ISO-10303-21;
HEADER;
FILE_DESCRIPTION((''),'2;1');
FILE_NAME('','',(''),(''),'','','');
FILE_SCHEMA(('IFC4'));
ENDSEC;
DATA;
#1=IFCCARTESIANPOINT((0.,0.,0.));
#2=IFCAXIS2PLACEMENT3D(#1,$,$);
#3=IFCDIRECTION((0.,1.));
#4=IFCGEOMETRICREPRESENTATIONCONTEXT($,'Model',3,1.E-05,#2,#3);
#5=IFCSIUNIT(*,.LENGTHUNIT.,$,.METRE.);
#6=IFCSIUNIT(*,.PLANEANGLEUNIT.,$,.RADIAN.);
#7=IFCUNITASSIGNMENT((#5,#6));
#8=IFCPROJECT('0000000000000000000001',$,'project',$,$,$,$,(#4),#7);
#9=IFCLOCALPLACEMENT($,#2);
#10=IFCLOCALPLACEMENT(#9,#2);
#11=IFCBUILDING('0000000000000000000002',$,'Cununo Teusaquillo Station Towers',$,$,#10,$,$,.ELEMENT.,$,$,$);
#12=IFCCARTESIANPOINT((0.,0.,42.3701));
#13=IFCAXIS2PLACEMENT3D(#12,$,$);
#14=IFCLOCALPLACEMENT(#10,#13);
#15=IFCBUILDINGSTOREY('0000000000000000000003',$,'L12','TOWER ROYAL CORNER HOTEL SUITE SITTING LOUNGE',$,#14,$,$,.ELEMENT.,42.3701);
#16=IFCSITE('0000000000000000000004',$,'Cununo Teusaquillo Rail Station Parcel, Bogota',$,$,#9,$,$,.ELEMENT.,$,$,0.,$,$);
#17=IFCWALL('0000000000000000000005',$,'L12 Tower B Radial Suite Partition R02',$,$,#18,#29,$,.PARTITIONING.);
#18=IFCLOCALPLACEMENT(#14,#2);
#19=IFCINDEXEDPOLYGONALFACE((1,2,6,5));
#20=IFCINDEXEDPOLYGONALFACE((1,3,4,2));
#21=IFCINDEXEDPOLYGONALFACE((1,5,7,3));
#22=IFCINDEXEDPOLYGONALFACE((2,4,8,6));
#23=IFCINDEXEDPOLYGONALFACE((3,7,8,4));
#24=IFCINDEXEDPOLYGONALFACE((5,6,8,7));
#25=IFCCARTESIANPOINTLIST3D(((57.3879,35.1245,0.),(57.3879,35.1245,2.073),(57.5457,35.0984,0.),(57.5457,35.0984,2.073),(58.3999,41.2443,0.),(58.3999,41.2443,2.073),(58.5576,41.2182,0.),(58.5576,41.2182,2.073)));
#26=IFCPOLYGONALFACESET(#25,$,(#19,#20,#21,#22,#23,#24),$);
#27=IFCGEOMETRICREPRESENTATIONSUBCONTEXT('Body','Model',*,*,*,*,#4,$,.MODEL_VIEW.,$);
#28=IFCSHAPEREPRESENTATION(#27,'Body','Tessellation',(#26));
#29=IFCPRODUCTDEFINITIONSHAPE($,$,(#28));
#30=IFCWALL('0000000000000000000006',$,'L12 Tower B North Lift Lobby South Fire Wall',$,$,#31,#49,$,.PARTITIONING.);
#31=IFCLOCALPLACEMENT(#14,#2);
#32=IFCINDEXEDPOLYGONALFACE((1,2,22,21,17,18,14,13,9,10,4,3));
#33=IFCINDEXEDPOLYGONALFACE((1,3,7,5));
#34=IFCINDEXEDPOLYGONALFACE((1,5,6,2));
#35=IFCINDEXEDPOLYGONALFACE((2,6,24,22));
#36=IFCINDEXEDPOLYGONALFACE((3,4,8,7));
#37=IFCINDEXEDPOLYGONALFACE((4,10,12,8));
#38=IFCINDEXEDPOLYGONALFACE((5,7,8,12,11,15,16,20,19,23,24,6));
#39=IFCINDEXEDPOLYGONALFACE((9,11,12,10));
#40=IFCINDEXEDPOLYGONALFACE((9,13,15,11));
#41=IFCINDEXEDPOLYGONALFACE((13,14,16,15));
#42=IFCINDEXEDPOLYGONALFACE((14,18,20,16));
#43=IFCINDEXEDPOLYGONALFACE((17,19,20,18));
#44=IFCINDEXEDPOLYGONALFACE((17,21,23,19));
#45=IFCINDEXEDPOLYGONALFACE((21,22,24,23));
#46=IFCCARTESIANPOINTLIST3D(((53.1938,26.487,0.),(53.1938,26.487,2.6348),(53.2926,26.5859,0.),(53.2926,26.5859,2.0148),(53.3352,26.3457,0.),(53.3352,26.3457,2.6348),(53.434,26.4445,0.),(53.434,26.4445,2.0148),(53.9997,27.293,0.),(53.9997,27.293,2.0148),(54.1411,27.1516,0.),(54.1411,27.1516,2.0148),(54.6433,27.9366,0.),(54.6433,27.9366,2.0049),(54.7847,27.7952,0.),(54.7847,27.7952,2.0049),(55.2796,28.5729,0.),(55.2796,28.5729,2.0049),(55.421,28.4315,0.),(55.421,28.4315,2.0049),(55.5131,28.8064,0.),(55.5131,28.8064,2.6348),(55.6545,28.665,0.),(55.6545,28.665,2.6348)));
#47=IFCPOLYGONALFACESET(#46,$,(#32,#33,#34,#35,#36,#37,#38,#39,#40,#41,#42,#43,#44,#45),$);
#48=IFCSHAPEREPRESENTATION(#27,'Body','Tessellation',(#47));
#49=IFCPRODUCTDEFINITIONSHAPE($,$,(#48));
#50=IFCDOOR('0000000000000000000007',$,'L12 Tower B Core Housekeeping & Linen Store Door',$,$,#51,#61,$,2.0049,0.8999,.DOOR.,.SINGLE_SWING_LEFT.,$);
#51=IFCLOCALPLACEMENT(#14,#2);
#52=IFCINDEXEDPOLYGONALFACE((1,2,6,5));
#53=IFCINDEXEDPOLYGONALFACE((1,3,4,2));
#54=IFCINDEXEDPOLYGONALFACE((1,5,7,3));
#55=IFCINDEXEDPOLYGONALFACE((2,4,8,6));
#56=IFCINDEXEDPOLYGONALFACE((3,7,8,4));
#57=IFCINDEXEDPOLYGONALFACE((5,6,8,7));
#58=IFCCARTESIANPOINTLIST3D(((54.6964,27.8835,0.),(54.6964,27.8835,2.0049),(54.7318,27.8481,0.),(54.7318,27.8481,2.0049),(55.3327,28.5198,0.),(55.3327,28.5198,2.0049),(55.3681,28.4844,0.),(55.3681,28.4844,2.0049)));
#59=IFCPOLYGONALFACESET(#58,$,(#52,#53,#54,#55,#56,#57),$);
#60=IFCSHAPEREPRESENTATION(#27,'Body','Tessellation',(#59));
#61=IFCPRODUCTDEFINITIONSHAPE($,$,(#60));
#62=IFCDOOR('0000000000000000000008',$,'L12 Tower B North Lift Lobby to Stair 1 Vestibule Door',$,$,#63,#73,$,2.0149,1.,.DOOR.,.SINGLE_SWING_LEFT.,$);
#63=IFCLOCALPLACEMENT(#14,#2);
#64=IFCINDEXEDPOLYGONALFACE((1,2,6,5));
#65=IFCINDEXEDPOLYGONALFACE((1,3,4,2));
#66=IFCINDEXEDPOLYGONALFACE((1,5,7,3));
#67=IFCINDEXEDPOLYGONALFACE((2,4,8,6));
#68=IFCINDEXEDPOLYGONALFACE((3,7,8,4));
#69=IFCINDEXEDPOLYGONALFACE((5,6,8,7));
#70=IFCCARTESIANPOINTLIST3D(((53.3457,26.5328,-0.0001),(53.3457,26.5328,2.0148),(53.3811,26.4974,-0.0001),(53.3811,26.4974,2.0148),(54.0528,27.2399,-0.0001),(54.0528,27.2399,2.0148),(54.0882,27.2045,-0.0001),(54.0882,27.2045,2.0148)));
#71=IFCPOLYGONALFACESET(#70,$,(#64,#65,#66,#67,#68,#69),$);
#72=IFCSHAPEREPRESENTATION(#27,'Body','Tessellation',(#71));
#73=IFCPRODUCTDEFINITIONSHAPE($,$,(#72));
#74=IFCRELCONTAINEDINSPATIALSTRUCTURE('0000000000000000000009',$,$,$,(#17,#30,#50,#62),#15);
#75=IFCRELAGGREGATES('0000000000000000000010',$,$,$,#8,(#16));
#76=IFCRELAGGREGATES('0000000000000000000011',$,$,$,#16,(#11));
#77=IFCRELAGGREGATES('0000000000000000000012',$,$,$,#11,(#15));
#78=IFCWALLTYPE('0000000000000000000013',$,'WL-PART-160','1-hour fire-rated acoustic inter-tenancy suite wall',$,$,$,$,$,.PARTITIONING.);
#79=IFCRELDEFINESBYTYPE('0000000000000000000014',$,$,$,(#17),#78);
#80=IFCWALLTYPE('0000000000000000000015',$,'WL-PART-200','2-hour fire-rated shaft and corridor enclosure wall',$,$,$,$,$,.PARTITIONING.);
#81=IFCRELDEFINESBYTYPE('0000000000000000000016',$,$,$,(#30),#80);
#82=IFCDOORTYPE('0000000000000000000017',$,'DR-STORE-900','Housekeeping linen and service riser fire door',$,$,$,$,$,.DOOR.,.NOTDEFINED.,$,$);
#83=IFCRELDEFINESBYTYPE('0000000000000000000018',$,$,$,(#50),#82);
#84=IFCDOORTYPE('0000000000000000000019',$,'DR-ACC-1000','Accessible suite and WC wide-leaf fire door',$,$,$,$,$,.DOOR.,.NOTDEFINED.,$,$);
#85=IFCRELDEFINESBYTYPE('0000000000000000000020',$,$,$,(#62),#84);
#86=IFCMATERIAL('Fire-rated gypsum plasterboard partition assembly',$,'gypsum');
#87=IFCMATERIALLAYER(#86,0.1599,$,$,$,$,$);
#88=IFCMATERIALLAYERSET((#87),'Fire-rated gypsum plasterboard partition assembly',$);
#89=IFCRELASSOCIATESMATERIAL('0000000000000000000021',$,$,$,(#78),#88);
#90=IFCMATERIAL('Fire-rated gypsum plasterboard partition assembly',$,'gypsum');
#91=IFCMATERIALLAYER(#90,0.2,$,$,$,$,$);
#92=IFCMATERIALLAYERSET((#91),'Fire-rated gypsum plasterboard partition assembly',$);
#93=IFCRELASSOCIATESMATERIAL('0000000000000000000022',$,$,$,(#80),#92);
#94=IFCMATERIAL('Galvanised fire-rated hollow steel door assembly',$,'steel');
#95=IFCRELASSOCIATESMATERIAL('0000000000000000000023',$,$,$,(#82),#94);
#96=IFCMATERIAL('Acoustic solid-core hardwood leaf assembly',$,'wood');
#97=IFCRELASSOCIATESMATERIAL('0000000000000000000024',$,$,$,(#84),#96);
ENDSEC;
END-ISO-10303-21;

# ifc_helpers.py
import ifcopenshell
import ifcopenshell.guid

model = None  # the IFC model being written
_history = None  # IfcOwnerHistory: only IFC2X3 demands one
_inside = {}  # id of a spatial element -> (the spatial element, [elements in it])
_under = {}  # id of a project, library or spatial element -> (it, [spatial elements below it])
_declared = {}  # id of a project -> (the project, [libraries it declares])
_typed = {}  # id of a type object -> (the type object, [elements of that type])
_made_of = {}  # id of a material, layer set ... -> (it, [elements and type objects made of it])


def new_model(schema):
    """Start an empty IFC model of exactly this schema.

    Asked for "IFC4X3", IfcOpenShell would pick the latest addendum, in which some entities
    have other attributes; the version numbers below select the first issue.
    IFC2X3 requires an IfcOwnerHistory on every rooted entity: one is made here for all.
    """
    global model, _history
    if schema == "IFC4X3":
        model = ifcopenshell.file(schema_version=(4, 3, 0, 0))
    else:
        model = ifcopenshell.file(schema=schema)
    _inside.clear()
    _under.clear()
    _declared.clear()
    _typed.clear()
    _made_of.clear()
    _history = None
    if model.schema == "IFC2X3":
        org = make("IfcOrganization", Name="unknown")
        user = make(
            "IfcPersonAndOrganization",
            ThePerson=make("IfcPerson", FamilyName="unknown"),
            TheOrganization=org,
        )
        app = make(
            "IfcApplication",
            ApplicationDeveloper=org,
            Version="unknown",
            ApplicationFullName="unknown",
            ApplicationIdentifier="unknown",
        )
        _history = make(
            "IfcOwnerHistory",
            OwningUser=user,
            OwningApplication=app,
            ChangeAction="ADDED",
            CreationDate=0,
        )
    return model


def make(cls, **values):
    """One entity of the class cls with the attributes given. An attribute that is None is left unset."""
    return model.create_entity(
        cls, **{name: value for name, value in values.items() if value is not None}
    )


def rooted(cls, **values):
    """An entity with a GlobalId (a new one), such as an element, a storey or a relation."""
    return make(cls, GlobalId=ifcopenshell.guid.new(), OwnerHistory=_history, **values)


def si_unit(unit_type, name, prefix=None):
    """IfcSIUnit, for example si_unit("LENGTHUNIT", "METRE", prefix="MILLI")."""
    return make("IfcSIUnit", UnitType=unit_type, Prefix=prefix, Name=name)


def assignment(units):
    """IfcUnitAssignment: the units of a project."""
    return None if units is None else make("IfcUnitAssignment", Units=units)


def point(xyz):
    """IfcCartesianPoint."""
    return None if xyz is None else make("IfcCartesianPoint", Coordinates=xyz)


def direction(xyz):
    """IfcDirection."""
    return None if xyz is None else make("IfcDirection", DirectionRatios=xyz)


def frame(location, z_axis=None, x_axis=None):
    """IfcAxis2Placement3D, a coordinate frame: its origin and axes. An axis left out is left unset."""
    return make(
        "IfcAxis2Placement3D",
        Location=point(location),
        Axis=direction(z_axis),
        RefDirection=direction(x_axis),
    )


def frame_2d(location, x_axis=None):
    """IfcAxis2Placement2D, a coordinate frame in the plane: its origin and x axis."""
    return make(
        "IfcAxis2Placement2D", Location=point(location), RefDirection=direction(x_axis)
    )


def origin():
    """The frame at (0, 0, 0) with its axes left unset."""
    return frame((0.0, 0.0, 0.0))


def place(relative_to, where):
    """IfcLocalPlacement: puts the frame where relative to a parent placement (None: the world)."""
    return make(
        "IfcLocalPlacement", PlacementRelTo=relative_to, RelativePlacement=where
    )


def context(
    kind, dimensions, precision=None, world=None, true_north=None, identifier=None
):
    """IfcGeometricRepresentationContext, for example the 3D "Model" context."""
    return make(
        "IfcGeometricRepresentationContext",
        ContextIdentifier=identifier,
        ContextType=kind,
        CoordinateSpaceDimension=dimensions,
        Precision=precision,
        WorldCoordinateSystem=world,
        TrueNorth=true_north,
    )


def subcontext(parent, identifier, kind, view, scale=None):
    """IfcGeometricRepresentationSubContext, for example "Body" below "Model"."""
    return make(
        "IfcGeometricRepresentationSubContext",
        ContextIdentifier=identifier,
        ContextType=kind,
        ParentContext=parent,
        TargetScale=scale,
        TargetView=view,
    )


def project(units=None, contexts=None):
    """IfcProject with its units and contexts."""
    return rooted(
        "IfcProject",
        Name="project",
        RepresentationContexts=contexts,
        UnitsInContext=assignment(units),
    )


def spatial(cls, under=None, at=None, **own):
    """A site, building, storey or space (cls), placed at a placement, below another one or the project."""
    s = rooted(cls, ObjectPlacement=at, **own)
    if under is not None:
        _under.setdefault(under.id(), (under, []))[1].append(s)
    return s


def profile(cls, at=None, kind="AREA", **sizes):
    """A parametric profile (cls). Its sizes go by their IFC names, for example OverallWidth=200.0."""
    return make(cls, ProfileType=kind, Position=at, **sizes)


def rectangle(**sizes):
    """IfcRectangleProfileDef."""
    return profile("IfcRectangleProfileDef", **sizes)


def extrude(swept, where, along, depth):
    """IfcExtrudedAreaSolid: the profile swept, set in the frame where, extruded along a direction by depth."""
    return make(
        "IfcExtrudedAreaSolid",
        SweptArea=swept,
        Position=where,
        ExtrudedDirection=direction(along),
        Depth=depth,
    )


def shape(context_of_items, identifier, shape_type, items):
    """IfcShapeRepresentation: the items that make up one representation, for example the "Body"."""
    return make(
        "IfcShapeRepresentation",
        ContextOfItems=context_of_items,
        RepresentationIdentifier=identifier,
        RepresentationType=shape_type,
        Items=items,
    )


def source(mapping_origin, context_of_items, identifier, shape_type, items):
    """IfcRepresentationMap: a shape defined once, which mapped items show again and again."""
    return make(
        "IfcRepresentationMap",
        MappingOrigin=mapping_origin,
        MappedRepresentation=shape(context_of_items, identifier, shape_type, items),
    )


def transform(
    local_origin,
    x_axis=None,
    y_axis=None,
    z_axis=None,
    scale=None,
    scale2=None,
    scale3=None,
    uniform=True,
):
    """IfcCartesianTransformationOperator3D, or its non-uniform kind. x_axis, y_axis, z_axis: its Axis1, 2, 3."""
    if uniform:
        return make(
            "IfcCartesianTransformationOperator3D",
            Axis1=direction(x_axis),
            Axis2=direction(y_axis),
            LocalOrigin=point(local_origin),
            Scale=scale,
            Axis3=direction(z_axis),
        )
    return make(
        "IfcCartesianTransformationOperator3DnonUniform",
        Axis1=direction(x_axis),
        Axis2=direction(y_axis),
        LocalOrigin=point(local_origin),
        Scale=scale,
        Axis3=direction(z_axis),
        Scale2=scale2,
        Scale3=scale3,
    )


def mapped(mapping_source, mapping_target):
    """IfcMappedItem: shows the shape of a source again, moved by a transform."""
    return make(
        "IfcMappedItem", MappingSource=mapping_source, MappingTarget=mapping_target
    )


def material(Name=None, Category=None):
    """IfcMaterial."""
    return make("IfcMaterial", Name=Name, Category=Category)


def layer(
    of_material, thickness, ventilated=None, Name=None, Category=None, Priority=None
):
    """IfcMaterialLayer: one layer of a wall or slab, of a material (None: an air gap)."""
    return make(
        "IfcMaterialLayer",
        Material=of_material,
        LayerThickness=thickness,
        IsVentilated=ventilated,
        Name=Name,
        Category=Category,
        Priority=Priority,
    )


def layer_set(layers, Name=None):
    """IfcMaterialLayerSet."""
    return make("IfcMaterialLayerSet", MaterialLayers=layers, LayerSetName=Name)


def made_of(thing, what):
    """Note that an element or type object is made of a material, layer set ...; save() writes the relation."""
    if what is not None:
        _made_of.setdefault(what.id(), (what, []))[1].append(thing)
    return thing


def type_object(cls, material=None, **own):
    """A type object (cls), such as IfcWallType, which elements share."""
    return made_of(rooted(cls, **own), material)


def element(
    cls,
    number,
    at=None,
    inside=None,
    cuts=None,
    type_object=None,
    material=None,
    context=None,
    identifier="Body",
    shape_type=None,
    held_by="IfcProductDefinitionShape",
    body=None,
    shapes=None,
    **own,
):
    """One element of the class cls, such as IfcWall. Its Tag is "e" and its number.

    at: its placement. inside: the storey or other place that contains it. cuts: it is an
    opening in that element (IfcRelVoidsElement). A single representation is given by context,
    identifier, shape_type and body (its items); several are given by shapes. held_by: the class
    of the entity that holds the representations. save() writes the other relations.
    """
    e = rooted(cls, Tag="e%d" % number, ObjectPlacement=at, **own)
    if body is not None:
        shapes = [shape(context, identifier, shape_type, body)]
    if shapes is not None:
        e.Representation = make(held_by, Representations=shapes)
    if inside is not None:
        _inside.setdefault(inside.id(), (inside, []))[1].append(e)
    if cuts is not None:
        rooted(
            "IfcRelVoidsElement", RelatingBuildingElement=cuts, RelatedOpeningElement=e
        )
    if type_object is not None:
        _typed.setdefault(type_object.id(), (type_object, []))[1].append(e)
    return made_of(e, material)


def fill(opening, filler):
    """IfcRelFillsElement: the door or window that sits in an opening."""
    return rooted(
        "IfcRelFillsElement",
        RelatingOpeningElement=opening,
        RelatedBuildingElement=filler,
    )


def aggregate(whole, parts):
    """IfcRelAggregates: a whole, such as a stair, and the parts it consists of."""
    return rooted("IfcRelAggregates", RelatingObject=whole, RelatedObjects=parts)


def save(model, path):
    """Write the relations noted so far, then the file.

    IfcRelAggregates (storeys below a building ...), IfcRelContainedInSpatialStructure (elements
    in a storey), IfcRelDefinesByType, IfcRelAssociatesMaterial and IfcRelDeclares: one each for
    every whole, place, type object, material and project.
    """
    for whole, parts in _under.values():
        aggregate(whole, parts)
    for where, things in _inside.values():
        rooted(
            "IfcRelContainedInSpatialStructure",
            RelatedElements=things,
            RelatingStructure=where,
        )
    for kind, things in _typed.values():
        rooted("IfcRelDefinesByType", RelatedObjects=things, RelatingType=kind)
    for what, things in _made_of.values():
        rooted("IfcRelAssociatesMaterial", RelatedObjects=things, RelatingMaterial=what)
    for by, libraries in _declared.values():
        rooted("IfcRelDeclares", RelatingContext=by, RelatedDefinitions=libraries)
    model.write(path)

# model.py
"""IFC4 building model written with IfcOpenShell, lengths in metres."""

from ifc_helpers import new_model, si_unit, direction, frame, frame_2d, origin, place, context, subcontext, project, spatial, rectangle, extrude, source, transform, mapped, material, layer, layer_set, type_object, element, fill, save


model = new_model("IFC4")

# Units and contexts
model_context = context("Model", 3, precision=1e-05, world=origin(), true_north=direction((0.0, 1.0)))
body_context = subcontext(model_context, "Body", "Model", "MODEL_VIEW")
ifc_project = project(units=[si_unit("LENGTHUNIT", "METRE"), si_unit("PLANEANGLEUNIT", "RADIAN")], contexts=[model_context])

# Site, building, storey
site_placement = place(None, origin())
site = spatial("IfcSite", under=ifc_project, at=site_placement, Name="Cununo Teusaquillo Rail Station Parcel, Bogota", CompositionType="ELEMENT", RefElevation=0.0)
building_placement = place(site_placement, origin())
building = spatial("IfcBuilding", under=site, at=building_placement, Name="Cununo Teusaquillo Station Towers", CompositionType="ELEMENT")
storey_placement = place(building_placement, frame((0.0, 0.0, 42.3701)))
storey = spatial("IfcBuildingStorey", under=building, at=storey_placement, Name="L12", Description="TOWER ROYAL CORNER HOTEL SUITE SITTING LOUNGE", CompositionType="ELEMENT", Elevation=42.3701)

# Shared definitions
shared_shape_1 = source(origin(), body_context, "Body", "SweptSolid", [
    extrude(rectangle(XDim=0.8999, YDim=2.0049, at=frame_2d((0.45, 1.0024))), frame((0.0, 0.0249, 0.0), z_axis=(0.0, -1.0, 0.0), x_axis=(1.0, 0.0, 0.0)), (0.0, 0.0, 1.0), 0.05),
])

# Wall
ifc_material_1 = material(Name="Fire-rated gypsum plasterboard partition assembly", Category="gypsum")
ifc_layer_1 = layer(ifc_material_1, 0.1599)
ifc_layer_set_1 = layer_set([ifc_layer_1], Name="Fire-rated gypsum plasterboard partition assembly")
wall_type_1 = type_object("IfcWallType", Name="WL-PART-160", Description="1-hour fire-rated acoustic inter-tenancy suite wall", PredefinedType="PARTITIONING", material=ifc_layer_set_1)
wall_1_placement = place(storey_placement, frame((57.4668, 35.1113, 0.0), z_axis=(0.0, 0.0, 1.0), x_axis=(0.163142, 0.986603, 0.0)))
element("IfcWall", 1, at=wall_1_placement, inside=storey, type_object=wall_type_1, Name="L12 Tower B Radial Suite Partition R02", PredefinedType="PARTITIONING", context=body_context, shape_type="SweptSolid", body=[
    extrude(rectangle(XDim=6.2029, YDim=0.1599, at=frame_2d((3.1016, 0.0))), origin(), (0.0, 0.0, 1.0), 2.073),
])

# Wall, openings, doors
ifc_material_2 = material(Name="Fire-rated gypsum plasterboard partition assembly", Category="gypsum")
ifc_layer_2 = layer(ifc_material_2, 0.2)
ifc_layer_set_2 = layer_set([ifc_layer_2], Name="Fire-rated gypsum plasterboard partition assembly")
wall_type_2 = type_object("IfcWallType", Name="WL-PART-200", Description="2-hour fire-rated shaft and corridor enclosure wall", PredefinedType="PARTITIONING", material=ifc_layer_set_2)
wall_2_placement = place(storey_placement, frame((53.2644, 26.4163, 0.0), z_axis=(0.0, 0.0, 1.0), x_axis=(0.707107, 0.707107, 0.0)))
wall_2 = element("IfcWall", 2, at=wall_2_placement, inside=storey, type_object=wall_type_2, Name="L12 Tower B North Lift Lobby South Fire Wall", PredefinedType="PARTITIONING", context=body_context, shape_type="SweptSolid", body=[
    extrude(rectangle(XDim=3.28, YDim=0.2, at=frame_2d((1.6401, 0.0))), origin(), (0.0, 0.0, 1.0), 2.6348),
])
shared_shape_2 = source(origin(), body_context, "Body", "SweptSolid", [
    extrude(rectangle(XDim=1.0, YDim=2.0149, at=frame_2d((0.5, 1.0073))), frame((0.0, 0.1099, 0.0), z_axis=(0.0, -1.0, 0.0), x_axis=(1.0, 0.0, 0.0)), (0.0, 0.0, 1.0), 0.22),
])
opening_1_placement = place(wall_2_placement, frame((0.1399, 0.0, 0.0)))
opening_1 = element("IfcOpeningElement", 3, at=opening_1_placement, cuts=wall_2, PredefinedType="OPENING", context=body_context, shape_type="MappedRepresentation", body=[
    mapped(shared_shape_2, transform((0.0, 0.0, 0.0), x_axis=(1.0, 0.0, 0.0), y_axis=(0.0, 1.0, 0.0), z_axis=(0.0, 0.0, 1.0), scale=1.0)),
])
shared_shape_3 = source(origin(), body_context, "Body", "SweptSolid", [
    extrude(rectangle(XDim=0.8999, YDim=2.0049, at=frame_2d((0.45, 1.0024))), frame((0.0, 0.1099, 0.0), z_axis=(0.0, -1.0, 0.0), x_axis=(1.0, 0.0, 0.0)), (0.0, 0.0, 1.0), 0.22),
])
opening_2_placement = place(wall_2_placement, frame((2.05, 0.0, 0.0)))
opening_2 = element("IfcOpeningElement", 4, at=opening_2_placement, cuts=wall_2, PredefinedType="OPENING", context=body_context, shape_type="MappedRepresentation", body=[
    mapped(shared_shape_3, transform((0.0, 0.0, 0.0), x_axis=(1.0, 0.0, 0.0), y_axis=(0.0, 1.0, 0.0), z_axis=(0.0, 0.0, 1.0), scale=1.0)),
])
ifc_material_3 = material(Name="Galvanised fire-rated hollow steel door assembly", Category="steel")
door_type_1 = type_object("IfcDoorType", Name="DR-STORE-900", Description="Housekeeping linen and service riser fire door", OperationType="NOTDEFINED", PredefinedType="DOOR", material=ifc_material_3)
door_1_placement = place(opening_2_placement, origin())
door_1 = element("IfcDoor", 5, at=door_1_placement, inside=storey, type_object=door_type_1, Name="L12 Tower B Core Housekeeping & Linen Store Door", OperationType="SINGLE_SWING_LEFT", OverallHeight=2.0049, OverallWidth=0.8999, PredefinedType="DOOR", context=body_context, shape_type="MappedRepresentation", body=[
    mapped(shared_shape_1, transform((0.0, 0.0, 0.0), x_axis=(1.0, 0.0, 0.0), y_axis=(0.0, 1.0, 0.0), z_axis=(0.0, 0.0, 1.0), scale=1.0)),
])
fill(opening_2, door_1)
ifc_material_4 = material(Name="Acoustic solid-core hardwood leaf assembly", Category="wood")
door_type_2 = type_object("IfcDoorType", Name="DR-ACC-1000", Description="Accessible suite and WC wide-leaf fire door", OperationType="NOTDEFINED", PredefinedType="DOOR", material=ifc_material_4)
shared_shape_4 = source(origin(), body_context, "Body", "SweptSolid", [
    extrude(rectangle(XDim=1.0, YDim=2.0149, at=frame_2d((0.5, 1.0073))), frame((0.0, 0.0249, 0.0), z_axis=(0.0, -1.0, 0.0), x_axis=(1.0, 0.0, 0.0)), (0.0, 0.0, 1.0), 0.05),
])
door_2_placement = place(opening_1_placement, origin())
door_2 = element("IfcDoor", 6, at=door_2_placement, inside=storey, type_object=door_type_2, Name="L12 Tower B North Lift Lobby to Stair 1 Vestibule Door", OperationType="SINGLE_SWING_LEFT", OverallHeight=2.0149, OverallWidth=1.0, PredefinedType="DOOR", context=body_context, shape_type="MappedRepresentation", body=[
    mapped(shared_shape_4, transform((0.0, 0.0, 0.0), x_axis=(1.0, 0.0, 0.0), y_axis=(0.0, 1.0, 0.0), z_axis=(0.0, 0.0, 1.0), scale=1.0)),
])
fill(opening_1, door_2)

save(model, "model.ifc")
